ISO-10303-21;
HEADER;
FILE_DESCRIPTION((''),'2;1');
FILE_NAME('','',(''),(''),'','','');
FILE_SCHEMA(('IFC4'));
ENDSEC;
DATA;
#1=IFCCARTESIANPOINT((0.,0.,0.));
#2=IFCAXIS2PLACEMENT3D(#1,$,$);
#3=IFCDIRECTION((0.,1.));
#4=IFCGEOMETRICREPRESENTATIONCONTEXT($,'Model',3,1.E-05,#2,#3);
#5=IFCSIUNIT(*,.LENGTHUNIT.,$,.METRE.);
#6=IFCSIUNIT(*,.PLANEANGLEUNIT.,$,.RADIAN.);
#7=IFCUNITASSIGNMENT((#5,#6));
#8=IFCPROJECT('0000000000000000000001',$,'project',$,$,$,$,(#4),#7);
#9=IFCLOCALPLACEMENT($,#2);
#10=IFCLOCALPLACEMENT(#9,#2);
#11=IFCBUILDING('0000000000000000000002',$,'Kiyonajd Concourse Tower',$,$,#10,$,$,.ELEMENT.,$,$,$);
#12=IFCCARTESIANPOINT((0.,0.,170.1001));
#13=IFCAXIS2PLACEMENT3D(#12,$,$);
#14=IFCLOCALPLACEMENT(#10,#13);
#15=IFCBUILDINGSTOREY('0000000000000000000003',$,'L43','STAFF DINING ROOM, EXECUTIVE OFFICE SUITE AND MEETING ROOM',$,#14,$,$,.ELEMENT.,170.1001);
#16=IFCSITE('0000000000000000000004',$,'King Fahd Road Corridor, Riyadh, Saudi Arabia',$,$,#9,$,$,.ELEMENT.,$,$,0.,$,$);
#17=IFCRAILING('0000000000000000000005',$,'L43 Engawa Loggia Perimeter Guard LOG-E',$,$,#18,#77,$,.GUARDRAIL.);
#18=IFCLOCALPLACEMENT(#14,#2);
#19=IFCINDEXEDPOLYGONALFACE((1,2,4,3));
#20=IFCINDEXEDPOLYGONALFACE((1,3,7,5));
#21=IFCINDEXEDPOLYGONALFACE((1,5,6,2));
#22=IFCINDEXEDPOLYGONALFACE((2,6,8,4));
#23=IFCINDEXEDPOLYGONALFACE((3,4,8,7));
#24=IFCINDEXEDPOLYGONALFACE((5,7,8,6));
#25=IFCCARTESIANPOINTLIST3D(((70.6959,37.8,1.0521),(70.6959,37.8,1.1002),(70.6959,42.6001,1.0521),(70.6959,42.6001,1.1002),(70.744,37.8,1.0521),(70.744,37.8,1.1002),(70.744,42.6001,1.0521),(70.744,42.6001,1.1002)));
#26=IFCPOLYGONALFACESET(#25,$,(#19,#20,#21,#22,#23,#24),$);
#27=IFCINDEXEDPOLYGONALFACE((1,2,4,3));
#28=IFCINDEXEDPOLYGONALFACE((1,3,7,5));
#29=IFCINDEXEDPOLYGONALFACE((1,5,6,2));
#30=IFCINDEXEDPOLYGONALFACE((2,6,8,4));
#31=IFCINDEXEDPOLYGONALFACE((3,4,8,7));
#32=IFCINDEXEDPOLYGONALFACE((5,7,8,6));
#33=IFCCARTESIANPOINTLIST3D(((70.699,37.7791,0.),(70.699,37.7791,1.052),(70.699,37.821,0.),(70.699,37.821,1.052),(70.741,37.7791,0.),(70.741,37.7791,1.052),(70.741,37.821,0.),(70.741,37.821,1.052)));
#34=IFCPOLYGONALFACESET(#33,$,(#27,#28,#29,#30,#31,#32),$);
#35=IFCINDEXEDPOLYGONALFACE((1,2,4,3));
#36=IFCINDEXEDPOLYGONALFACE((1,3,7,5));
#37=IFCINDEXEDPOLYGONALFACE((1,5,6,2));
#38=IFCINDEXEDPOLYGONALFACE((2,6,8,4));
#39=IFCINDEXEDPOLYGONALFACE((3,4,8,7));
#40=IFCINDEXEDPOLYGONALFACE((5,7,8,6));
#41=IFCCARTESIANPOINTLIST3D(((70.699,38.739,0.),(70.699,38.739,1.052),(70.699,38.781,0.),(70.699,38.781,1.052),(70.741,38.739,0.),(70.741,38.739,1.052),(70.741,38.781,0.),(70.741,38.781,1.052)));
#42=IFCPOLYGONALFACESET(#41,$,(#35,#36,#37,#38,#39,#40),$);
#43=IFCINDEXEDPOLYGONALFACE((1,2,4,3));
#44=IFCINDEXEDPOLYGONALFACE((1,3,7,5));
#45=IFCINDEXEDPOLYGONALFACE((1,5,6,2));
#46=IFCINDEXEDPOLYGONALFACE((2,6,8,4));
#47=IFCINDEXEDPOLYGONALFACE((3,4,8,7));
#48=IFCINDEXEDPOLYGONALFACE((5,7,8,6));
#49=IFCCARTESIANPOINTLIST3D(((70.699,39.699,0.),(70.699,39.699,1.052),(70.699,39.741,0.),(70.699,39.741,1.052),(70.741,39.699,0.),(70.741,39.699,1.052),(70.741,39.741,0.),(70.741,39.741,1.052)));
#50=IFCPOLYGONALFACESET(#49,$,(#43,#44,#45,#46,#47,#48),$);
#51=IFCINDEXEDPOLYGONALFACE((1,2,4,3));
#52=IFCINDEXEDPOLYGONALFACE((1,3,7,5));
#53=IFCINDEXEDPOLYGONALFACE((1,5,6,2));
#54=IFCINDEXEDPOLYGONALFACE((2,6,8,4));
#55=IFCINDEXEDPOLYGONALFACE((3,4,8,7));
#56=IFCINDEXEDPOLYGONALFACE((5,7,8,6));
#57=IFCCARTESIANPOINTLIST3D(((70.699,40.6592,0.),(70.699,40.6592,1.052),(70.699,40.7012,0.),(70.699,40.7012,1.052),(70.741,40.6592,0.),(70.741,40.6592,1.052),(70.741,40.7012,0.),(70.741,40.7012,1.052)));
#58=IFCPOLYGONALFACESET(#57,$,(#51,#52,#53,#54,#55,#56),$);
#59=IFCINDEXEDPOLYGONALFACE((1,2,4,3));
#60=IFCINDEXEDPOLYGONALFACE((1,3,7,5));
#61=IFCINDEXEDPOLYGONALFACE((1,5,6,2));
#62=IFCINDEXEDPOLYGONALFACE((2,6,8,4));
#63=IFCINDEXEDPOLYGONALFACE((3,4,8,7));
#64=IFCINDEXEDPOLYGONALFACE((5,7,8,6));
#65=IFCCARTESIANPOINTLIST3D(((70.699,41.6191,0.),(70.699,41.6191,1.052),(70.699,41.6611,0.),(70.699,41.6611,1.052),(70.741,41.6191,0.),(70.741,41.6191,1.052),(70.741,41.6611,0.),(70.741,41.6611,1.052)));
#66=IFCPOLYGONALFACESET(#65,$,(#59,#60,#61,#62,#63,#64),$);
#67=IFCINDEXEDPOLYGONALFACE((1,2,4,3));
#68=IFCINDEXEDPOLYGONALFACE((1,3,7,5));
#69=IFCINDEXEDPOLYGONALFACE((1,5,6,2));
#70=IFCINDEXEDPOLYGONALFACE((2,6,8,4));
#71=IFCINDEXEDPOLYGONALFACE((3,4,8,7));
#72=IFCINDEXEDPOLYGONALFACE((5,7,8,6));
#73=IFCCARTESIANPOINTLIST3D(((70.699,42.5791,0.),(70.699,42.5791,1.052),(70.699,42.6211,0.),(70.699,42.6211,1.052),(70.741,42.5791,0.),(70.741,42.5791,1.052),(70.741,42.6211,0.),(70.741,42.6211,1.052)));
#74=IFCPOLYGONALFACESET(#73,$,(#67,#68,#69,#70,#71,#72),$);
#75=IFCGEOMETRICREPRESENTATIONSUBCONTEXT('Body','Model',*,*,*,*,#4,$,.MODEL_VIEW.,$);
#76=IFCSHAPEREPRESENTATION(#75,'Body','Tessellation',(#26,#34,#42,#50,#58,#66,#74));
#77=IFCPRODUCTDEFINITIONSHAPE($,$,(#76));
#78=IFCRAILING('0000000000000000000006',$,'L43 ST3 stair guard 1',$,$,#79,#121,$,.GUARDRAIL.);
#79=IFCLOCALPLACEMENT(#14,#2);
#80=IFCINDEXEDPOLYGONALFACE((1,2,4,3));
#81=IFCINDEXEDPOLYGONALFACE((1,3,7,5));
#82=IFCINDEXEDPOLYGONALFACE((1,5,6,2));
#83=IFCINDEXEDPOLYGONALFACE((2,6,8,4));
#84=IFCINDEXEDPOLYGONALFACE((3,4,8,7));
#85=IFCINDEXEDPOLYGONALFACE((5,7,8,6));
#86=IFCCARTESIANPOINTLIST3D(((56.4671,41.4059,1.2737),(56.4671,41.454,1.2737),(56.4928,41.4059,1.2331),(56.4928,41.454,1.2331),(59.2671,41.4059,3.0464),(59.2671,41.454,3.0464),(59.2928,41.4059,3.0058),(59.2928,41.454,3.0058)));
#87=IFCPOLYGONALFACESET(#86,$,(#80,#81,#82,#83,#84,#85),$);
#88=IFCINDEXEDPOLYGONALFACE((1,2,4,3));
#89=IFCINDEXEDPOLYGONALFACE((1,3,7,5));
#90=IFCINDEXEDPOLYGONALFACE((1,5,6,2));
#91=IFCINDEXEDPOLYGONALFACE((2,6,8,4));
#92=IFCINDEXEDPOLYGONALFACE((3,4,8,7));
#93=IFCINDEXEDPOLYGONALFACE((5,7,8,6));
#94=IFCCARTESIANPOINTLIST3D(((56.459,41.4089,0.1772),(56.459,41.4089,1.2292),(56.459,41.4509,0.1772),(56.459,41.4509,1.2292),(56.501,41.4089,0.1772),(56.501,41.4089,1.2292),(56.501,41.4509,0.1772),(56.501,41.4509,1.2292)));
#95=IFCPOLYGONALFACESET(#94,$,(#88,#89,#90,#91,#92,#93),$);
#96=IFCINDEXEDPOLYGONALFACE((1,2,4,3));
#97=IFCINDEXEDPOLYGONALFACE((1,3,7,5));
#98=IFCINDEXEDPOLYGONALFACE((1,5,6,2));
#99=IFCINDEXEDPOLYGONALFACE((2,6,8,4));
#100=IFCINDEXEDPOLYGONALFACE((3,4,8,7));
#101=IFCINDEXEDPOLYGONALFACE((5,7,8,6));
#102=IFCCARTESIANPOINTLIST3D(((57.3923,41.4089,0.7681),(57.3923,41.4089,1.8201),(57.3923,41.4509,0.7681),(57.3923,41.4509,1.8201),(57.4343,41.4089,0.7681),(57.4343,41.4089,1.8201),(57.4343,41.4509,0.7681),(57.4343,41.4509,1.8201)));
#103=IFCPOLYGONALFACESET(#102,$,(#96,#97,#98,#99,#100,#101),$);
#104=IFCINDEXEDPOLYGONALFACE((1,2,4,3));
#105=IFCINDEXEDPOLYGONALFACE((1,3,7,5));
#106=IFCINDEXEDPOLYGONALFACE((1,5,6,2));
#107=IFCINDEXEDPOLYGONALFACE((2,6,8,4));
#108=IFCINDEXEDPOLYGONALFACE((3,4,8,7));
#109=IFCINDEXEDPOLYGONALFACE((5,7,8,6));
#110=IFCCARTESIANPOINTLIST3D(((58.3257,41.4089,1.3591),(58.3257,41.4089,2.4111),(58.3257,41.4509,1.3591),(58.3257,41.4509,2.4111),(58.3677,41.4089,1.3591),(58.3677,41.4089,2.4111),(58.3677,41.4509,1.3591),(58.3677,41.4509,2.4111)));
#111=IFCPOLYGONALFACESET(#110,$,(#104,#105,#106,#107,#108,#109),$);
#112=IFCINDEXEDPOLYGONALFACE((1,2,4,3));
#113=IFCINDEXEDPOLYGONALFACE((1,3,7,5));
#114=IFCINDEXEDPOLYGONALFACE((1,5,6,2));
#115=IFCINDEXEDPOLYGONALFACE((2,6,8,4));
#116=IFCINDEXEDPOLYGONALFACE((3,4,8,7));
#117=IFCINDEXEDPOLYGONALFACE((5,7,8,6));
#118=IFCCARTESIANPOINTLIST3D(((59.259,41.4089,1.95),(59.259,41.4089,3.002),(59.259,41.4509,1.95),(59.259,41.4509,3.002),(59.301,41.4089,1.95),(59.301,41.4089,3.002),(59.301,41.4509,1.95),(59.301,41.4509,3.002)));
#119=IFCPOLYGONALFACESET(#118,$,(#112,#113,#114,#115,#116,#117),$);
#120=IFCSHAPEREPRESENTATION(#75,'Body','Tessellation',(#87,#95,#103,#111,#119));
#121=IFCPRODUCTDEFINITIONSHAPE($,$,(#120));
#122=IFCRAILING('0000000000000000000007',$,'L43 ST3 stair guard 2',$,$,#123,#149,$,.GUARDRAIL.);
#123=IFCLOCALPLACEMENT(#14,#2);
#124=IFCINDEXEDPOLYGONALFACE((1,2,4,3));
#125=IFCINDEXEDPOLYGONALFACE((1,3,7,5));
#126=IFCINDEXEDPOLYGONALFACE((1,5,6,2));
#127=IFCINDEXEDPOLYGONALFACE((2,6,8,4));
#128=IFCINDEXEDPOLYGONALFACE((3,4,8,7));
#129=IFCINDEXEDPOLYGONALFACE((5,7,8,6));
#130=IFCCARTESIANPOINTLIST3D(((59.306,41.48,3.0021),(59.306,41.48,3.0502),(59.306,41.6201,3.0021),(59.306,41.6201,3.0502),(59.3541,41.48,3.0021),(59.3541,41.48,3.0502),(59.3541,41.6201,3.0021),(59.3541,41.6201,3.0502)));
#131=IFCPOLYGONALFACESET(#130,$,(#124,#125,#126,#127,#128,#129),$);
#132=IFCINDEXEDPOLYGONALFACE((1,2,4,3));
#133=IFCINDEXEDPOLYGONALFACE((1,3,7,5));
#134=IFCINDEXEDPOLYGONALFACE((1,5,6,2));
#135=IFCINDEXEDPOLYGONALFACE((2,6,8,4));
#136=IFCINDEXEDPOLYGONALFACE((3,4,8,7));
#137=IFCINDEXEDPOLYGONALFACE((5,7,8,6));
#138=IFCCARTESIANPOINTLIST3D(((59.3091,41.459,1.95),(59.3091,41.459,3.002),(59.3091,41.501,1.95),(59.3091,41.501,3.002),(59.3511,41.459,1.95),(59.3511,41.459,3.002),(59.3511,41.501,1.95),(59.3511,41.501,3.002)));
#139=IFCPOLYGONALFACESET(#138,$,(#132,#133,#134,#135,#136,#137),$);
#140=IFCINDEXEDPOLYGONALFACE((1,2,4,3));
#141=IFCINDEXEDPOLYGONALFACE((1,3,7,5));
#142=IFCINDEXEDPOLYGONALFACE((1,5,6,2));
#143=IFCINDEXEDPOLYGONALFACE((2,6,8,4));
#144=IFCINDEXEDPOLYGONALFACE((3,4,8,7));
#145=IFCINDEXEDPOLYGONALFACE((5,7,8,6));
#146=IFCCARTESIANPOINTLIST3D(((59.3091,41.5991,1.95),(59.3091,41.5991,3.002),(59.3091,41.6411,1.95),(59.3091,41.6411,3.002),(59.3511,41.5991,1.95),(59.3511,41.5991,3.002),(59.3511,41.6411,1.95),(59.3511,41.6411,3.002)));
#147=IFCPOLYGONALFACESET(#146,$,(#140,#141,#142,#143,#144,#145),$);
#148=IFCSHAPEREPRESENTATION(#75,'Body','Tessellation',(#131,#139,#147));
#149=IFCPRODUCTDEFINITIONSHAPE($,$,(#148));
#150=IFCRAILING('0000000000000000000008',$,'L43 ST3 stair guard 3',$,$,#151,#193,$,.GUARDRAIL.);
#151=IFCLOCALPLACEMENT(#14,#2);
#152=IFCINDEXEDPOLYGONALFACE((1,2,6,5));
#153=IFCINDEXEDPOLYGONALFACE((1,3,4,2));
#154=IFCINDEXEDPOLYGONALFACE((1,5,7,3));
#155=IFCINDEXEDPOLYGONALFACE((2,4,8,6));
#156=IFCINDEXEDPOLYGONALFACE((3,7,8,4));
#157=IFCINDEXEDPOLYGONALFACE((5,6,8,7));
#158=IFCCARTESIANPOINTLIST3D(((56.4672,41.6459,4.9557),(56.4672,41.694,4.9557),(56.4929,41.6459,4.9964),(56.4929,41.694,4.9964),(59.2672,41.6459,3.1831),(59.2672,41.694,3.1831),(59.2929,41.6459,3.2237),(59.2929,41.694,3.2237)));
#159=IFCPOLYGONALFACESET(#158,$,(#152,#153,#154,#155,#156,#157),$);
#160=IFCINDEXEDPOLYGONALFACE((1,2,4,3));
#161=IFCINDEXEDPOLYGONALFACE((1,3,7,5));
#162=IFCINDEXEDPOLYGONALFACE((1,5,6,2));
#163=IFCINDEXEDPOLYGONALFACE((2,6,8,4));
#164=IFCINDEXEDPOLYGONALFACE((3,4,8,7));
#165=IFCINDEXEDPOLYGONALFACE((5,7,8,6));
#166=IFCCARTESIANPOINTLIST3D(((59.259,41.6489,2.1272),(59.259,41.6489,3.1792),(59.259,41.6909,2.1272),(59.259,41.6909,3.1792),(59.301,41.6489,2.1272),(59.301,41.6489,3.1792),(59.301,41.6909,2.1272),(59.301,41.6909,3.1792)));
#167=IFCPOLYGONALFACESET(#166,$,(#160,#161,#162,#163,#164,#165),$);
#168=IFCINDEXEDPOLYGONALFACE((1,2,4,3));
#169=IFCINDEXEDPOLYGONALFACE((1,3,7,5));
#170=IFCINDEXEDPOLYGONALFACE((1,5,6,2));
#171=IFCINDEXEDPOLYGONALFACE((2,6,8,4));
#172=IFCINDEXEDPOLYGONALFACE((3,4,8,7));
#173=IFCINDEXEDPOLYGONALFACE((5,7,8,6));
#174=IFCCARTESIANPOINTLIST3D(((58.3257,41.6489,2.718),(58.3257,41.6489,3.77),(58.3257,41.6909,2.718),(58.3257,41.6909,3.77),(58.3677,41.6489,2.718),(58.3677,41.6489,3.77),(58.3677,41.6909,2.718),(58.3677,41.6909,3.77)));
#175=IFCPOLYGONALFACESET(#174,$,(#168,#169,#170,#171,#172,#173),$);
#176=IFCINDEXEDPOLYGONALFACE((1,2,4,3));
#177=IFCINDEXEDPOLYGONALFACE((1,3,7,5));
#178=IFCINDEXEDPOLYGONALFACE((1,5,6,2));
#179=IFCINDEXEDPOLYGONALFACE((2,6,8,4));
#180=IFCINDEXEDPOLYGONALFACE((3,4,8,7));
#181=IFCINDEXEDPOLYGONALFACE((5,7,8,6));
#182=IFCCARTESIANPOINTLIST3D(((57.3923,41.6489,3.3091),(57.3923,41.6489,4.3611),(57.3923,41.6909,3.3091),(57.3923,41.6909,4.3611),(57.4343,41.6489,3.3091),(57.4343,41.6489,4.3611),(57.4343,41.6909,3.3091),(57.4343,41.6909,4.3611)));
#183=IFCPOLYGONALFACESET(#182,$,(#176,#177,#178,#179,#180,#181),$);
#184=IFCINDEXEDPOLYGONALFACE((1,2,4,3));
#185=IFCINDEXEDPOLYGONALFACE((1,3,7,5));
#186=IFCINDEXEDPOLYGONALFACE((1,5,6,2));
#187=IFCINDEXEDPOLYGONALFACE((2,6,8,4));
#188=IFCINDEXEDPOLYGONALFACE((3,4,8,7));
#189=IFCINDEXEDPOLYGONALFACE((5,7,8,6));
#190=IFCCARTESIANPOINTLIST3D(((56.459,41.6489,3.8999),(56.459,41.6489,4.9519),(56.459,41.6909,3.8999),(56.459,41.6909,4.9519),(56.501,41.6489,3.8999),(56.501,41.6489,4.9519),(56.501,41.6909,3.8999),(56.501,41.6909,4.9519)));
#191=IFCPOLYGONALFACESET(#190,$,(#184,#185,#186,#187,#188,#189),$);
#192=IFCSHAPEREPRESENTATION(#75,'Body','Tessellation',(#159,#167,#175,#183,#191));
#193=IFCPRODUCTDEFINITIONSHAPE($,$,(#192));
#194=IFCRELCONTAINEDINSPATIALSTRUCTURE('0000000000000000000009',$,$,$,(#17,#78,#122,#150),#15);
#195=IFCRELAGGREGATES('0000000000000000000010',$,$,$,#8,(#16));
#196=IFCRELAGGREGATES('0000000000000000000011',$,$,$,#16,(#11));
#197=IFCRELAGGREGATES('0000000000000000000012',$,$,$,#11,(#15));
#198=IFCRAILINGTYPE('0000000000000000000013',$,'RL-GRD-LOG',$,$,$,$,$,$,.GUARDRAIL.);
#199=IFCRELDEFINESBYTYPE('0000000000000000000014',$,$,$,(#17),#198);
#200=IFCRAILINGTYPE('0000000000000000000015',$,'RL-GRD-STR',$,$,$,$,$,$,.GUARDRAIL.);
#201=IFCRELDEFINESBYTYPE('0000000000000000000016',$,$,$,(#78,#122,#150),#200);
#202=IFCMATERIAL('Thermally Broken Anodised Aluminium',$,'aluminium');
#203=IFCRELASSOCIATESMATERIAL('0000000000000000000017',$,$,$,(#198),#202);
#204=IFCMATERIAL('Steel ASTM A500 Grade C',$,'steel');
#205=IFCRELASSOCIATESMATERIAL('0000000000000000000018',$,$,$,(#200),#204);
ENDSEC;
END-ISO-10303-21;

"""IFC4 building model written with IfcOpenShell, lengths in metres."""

from ifc_helpers import new_model, si_unit, direction, frame, origin, origin_2d, place, context, subcontext, project, spatial, rectangle, extrude, material, type_object, element, save


model = new_model("IFC4")

# Units and contexts
model_context = context("Model", 3, precision=1e-05, world=origin(), true_north=direction((0.0, 1.0)))
body_context = subcontext(model_context, "Body", "Model", "MODEL_VIEW")
ifc_project = project(units=[si_unit("LENGTHUNIT", "METRE"), si_unit("PLANEANGLEUNIT", "RADIAN")], contexts=[model_context])

# Site, building, storey
site_placement = place(None, origin())
site = spatial("IfcSite", under=ifc_project, at=site_placement, Name="King Fahd Road Corridor, Riyadh, Saudi Arabia", CompositionType="ELEMENT", RefElevation=0.0)
building_placement = place(site_placement, origin())
building = spatial("IfcBuilding", under=site, at=building_placement, Name="Kiyonajd Concourse Tower", CompositionType="ELEMENT")
storey_placement = place(building_placement, frame((0.0, 0.0, 170.1001)))
storey = spatial("IfcBuildingStorey", under=building, at=storey_placement, Name="L43", Description="STAFF DINING ROOM, EXECUTIVE OFFICE SUITE AND MEETING ROOM", CompositionType="ELEMENT", Elevation=170.1001)

# Shared definitions
ifc_material_1 = material(Name="Thermally Broken Anodised Aluminium", Category="aluminium")

# Railings
railing_type_1 = type_object("IfcRailingType", Name="RL-GRD-LOG", PredefinedType="GUARDRAIL", material=ifc_material_1)
railing_1_placement = place(storey_placement, frame((70.72, 37.8, 0.0)))
element("IfcRailing", 1, at=railing_1_placement, inside=storey, type_object=railing_type_1, Name="L43 Engawa Loggia Perimeter Guard LOG-E", PredefinedType="GUARDRAIL", context=body_context, shape_type="SweptSolid", body=[
    extrude(rectangle(XDim=0.0481, YDim=0.0481, at=origin_2d()), frame((0.0, 0.0, 1.0762), z_axis=(0.0, 1.0, 0.0), x_axis=(-1.0, 0.0, 0.0)), (0.0, 0.0, 1.0), 4.8),
    extrude(rectangle(XDim=0.042, YDim=0.042, at=origin_2d()), origin(), (0.0, 0.0, 1.0), 1.052),
    extrude(rectangle(XDim=0.042, YDim=0.042, at=origin_2d()), frame((0.0, 0.96, 0.0)), (0.0, 0.0, 1.0), 1.052),
    extrude(rectangle(XDim=0.042, YDim=0.042, at=origin_2d()), frame((0.0, 1.9199, 0.0)), (0.0, 0.0, 1.0), 1.052),
    extrude(rectangle(XDim=0.042, YDim=0.042, at=origin_2d()), frame((0.0, 2.8801, 0.0)), (0.0, 0.0, 1.0), 1.052),
    extrude(rectangle(XDim=0.042, YDim=0.042, at=origin_2d()), frame((0.0, 3.8401, 0.0)), (0.0, 0.0, 1.0), 1.052),
    extrude(rectangle(XDim=0.042, YDim=0.042, at=origin_2d()), frame((0.0, 4.8, 0.0)), (0.0, 0.0, 1.0), 1.052),
])
ifc_material_2 = material(Name="Steel ASTM A500 Grade C", Category="steel")
railing_type_2 = type_object("IfcRailingType", Name="RL-GRD-STR", PredefinedType="GUARDRAIL", material=ifc_material_2)
railing_2_placement = place(storey_placement, frame((56.48, 41.4299, 0.1772)))
element("IfcRailing", 2, at=railing_2_placement, inside=storey, type_object=railing_type_2, Name="L43 ST3 stair guard 1", PredefinedType="GUARDRAIL", context=body_context, shape_type="SweptSolid", body=[
    extrude(rectangle(XDim=0.0481, YDim=0.0481, at=origin_2d()), frame((0.0, 0.0, 1.0762), z_axis=(0.844909, 0.0, 0.53491), x_axis=(0.0, 1.0, 0.0)), (0.0, 0.0, 1.0), 3.314),
    extrude(rectangle(XDim=0.042, YDim=0.042, at=origin_2d()), origin(), (0.0, 0.0, 1.0), 1.052),
    extrude(rectangle(XDim=0.042, YDim=0.042, at=origin_2d()), frame((0.9333, 0.0, 0.5908)), (0.0, 0.0, 1.0), 1.052),
    extrude(rectangle(XDim=0.042, YDim=0.042, at=origin_2d()), frame((1.8667, 0.0, 1.1819)), (0.0, 0.0, 1.0), 1.052),
    extrude(rectangle(XDim=0.042, YDim=0.042, at=origin_2d()), frame((2.8, 0.0, 1.7727)), (0.0, 0.0, 1.0), 1.052),
])
railing_3_placement = place(storey_placement, frame((59.3301, 41.48, 1.95)))
element("IfcRailing", 3, at=railing_3_placement, inside=storey, type_object=railing_type_2, Name="L43 ST3 stair guard 2", PredefinedType="GUARDRAIL", context=body_context, shape_type="SweptSolid", body=[
    extrude(rectangle(XDim=0.0481, YDim=0.0481, at=origin_2d()), frame((0.0, 0.0, 1.0762), z_axis=(0.0, 1.0, 0.0), x_axis=(-1.0, 0.0, 0.0)), (0.0, 0.0, 1.0), 0.1401),
    extrude(rectangle(XDim=0.042, YDim=0.042, at=origin_2d()), origin(), (0.0, 0.0, 1.0), 1.052),
    extrude(rectangle(XDim=0.042, YDim=0.042, at=origin_2d()), frame((0.0, 0.1401, 0.0)), (0.0, 0.0, 1.0), 1.052),
])
railing_4_placement = place(storey_placement, frame((59.28, 41.6699, 2.1272)))
element("IfcRailing", 4, at=railing_4_placement, inside=storey, type_object=railing_type_2, Name="L43 ST3 stair guard 3", PredefinedType="GUARDRAIL", context=body_context, shape_type="SweptSolid", body=[
    extrude(rectangle(XDim=0.0481, YDim=0.0481, at=origin_2d()), frame((0.0, 0.0, 1.0762), z_axis=(-0.844909, 0.0, 0.53491), x_axis=(0.0, -1.0, 0.0)), (0.0, 0.0, 1.0), 3.314),
    extrude(rectangle(XDim=0.042, YDim=0.042, at=origin_2d()), origin(), (0.0, 0.0, 1.0), 1.052),
    extrude(rectangle(XDim=0.042, YDim=0.042, at=origin_2d()), frame((-0.9333, 0.0, 0.5908)), (0.0, 0.0, 1.0), 1.052),
    extrude(rectangle(XDim=0.042, YDim=0.042, at=origin_2d()), frame((-1.8667, 0.0, 1.1819)), (0.0, 0.0, 1.0), 1.052),
    extrude(rectangle(XDim=0.042, YDim=0.042, at=origin_2d()), frame((-2.8, 0.0, 1.7727)), (0.0, 0.0, 1.0), 1.052),
])

save(model, "model.ifc")
